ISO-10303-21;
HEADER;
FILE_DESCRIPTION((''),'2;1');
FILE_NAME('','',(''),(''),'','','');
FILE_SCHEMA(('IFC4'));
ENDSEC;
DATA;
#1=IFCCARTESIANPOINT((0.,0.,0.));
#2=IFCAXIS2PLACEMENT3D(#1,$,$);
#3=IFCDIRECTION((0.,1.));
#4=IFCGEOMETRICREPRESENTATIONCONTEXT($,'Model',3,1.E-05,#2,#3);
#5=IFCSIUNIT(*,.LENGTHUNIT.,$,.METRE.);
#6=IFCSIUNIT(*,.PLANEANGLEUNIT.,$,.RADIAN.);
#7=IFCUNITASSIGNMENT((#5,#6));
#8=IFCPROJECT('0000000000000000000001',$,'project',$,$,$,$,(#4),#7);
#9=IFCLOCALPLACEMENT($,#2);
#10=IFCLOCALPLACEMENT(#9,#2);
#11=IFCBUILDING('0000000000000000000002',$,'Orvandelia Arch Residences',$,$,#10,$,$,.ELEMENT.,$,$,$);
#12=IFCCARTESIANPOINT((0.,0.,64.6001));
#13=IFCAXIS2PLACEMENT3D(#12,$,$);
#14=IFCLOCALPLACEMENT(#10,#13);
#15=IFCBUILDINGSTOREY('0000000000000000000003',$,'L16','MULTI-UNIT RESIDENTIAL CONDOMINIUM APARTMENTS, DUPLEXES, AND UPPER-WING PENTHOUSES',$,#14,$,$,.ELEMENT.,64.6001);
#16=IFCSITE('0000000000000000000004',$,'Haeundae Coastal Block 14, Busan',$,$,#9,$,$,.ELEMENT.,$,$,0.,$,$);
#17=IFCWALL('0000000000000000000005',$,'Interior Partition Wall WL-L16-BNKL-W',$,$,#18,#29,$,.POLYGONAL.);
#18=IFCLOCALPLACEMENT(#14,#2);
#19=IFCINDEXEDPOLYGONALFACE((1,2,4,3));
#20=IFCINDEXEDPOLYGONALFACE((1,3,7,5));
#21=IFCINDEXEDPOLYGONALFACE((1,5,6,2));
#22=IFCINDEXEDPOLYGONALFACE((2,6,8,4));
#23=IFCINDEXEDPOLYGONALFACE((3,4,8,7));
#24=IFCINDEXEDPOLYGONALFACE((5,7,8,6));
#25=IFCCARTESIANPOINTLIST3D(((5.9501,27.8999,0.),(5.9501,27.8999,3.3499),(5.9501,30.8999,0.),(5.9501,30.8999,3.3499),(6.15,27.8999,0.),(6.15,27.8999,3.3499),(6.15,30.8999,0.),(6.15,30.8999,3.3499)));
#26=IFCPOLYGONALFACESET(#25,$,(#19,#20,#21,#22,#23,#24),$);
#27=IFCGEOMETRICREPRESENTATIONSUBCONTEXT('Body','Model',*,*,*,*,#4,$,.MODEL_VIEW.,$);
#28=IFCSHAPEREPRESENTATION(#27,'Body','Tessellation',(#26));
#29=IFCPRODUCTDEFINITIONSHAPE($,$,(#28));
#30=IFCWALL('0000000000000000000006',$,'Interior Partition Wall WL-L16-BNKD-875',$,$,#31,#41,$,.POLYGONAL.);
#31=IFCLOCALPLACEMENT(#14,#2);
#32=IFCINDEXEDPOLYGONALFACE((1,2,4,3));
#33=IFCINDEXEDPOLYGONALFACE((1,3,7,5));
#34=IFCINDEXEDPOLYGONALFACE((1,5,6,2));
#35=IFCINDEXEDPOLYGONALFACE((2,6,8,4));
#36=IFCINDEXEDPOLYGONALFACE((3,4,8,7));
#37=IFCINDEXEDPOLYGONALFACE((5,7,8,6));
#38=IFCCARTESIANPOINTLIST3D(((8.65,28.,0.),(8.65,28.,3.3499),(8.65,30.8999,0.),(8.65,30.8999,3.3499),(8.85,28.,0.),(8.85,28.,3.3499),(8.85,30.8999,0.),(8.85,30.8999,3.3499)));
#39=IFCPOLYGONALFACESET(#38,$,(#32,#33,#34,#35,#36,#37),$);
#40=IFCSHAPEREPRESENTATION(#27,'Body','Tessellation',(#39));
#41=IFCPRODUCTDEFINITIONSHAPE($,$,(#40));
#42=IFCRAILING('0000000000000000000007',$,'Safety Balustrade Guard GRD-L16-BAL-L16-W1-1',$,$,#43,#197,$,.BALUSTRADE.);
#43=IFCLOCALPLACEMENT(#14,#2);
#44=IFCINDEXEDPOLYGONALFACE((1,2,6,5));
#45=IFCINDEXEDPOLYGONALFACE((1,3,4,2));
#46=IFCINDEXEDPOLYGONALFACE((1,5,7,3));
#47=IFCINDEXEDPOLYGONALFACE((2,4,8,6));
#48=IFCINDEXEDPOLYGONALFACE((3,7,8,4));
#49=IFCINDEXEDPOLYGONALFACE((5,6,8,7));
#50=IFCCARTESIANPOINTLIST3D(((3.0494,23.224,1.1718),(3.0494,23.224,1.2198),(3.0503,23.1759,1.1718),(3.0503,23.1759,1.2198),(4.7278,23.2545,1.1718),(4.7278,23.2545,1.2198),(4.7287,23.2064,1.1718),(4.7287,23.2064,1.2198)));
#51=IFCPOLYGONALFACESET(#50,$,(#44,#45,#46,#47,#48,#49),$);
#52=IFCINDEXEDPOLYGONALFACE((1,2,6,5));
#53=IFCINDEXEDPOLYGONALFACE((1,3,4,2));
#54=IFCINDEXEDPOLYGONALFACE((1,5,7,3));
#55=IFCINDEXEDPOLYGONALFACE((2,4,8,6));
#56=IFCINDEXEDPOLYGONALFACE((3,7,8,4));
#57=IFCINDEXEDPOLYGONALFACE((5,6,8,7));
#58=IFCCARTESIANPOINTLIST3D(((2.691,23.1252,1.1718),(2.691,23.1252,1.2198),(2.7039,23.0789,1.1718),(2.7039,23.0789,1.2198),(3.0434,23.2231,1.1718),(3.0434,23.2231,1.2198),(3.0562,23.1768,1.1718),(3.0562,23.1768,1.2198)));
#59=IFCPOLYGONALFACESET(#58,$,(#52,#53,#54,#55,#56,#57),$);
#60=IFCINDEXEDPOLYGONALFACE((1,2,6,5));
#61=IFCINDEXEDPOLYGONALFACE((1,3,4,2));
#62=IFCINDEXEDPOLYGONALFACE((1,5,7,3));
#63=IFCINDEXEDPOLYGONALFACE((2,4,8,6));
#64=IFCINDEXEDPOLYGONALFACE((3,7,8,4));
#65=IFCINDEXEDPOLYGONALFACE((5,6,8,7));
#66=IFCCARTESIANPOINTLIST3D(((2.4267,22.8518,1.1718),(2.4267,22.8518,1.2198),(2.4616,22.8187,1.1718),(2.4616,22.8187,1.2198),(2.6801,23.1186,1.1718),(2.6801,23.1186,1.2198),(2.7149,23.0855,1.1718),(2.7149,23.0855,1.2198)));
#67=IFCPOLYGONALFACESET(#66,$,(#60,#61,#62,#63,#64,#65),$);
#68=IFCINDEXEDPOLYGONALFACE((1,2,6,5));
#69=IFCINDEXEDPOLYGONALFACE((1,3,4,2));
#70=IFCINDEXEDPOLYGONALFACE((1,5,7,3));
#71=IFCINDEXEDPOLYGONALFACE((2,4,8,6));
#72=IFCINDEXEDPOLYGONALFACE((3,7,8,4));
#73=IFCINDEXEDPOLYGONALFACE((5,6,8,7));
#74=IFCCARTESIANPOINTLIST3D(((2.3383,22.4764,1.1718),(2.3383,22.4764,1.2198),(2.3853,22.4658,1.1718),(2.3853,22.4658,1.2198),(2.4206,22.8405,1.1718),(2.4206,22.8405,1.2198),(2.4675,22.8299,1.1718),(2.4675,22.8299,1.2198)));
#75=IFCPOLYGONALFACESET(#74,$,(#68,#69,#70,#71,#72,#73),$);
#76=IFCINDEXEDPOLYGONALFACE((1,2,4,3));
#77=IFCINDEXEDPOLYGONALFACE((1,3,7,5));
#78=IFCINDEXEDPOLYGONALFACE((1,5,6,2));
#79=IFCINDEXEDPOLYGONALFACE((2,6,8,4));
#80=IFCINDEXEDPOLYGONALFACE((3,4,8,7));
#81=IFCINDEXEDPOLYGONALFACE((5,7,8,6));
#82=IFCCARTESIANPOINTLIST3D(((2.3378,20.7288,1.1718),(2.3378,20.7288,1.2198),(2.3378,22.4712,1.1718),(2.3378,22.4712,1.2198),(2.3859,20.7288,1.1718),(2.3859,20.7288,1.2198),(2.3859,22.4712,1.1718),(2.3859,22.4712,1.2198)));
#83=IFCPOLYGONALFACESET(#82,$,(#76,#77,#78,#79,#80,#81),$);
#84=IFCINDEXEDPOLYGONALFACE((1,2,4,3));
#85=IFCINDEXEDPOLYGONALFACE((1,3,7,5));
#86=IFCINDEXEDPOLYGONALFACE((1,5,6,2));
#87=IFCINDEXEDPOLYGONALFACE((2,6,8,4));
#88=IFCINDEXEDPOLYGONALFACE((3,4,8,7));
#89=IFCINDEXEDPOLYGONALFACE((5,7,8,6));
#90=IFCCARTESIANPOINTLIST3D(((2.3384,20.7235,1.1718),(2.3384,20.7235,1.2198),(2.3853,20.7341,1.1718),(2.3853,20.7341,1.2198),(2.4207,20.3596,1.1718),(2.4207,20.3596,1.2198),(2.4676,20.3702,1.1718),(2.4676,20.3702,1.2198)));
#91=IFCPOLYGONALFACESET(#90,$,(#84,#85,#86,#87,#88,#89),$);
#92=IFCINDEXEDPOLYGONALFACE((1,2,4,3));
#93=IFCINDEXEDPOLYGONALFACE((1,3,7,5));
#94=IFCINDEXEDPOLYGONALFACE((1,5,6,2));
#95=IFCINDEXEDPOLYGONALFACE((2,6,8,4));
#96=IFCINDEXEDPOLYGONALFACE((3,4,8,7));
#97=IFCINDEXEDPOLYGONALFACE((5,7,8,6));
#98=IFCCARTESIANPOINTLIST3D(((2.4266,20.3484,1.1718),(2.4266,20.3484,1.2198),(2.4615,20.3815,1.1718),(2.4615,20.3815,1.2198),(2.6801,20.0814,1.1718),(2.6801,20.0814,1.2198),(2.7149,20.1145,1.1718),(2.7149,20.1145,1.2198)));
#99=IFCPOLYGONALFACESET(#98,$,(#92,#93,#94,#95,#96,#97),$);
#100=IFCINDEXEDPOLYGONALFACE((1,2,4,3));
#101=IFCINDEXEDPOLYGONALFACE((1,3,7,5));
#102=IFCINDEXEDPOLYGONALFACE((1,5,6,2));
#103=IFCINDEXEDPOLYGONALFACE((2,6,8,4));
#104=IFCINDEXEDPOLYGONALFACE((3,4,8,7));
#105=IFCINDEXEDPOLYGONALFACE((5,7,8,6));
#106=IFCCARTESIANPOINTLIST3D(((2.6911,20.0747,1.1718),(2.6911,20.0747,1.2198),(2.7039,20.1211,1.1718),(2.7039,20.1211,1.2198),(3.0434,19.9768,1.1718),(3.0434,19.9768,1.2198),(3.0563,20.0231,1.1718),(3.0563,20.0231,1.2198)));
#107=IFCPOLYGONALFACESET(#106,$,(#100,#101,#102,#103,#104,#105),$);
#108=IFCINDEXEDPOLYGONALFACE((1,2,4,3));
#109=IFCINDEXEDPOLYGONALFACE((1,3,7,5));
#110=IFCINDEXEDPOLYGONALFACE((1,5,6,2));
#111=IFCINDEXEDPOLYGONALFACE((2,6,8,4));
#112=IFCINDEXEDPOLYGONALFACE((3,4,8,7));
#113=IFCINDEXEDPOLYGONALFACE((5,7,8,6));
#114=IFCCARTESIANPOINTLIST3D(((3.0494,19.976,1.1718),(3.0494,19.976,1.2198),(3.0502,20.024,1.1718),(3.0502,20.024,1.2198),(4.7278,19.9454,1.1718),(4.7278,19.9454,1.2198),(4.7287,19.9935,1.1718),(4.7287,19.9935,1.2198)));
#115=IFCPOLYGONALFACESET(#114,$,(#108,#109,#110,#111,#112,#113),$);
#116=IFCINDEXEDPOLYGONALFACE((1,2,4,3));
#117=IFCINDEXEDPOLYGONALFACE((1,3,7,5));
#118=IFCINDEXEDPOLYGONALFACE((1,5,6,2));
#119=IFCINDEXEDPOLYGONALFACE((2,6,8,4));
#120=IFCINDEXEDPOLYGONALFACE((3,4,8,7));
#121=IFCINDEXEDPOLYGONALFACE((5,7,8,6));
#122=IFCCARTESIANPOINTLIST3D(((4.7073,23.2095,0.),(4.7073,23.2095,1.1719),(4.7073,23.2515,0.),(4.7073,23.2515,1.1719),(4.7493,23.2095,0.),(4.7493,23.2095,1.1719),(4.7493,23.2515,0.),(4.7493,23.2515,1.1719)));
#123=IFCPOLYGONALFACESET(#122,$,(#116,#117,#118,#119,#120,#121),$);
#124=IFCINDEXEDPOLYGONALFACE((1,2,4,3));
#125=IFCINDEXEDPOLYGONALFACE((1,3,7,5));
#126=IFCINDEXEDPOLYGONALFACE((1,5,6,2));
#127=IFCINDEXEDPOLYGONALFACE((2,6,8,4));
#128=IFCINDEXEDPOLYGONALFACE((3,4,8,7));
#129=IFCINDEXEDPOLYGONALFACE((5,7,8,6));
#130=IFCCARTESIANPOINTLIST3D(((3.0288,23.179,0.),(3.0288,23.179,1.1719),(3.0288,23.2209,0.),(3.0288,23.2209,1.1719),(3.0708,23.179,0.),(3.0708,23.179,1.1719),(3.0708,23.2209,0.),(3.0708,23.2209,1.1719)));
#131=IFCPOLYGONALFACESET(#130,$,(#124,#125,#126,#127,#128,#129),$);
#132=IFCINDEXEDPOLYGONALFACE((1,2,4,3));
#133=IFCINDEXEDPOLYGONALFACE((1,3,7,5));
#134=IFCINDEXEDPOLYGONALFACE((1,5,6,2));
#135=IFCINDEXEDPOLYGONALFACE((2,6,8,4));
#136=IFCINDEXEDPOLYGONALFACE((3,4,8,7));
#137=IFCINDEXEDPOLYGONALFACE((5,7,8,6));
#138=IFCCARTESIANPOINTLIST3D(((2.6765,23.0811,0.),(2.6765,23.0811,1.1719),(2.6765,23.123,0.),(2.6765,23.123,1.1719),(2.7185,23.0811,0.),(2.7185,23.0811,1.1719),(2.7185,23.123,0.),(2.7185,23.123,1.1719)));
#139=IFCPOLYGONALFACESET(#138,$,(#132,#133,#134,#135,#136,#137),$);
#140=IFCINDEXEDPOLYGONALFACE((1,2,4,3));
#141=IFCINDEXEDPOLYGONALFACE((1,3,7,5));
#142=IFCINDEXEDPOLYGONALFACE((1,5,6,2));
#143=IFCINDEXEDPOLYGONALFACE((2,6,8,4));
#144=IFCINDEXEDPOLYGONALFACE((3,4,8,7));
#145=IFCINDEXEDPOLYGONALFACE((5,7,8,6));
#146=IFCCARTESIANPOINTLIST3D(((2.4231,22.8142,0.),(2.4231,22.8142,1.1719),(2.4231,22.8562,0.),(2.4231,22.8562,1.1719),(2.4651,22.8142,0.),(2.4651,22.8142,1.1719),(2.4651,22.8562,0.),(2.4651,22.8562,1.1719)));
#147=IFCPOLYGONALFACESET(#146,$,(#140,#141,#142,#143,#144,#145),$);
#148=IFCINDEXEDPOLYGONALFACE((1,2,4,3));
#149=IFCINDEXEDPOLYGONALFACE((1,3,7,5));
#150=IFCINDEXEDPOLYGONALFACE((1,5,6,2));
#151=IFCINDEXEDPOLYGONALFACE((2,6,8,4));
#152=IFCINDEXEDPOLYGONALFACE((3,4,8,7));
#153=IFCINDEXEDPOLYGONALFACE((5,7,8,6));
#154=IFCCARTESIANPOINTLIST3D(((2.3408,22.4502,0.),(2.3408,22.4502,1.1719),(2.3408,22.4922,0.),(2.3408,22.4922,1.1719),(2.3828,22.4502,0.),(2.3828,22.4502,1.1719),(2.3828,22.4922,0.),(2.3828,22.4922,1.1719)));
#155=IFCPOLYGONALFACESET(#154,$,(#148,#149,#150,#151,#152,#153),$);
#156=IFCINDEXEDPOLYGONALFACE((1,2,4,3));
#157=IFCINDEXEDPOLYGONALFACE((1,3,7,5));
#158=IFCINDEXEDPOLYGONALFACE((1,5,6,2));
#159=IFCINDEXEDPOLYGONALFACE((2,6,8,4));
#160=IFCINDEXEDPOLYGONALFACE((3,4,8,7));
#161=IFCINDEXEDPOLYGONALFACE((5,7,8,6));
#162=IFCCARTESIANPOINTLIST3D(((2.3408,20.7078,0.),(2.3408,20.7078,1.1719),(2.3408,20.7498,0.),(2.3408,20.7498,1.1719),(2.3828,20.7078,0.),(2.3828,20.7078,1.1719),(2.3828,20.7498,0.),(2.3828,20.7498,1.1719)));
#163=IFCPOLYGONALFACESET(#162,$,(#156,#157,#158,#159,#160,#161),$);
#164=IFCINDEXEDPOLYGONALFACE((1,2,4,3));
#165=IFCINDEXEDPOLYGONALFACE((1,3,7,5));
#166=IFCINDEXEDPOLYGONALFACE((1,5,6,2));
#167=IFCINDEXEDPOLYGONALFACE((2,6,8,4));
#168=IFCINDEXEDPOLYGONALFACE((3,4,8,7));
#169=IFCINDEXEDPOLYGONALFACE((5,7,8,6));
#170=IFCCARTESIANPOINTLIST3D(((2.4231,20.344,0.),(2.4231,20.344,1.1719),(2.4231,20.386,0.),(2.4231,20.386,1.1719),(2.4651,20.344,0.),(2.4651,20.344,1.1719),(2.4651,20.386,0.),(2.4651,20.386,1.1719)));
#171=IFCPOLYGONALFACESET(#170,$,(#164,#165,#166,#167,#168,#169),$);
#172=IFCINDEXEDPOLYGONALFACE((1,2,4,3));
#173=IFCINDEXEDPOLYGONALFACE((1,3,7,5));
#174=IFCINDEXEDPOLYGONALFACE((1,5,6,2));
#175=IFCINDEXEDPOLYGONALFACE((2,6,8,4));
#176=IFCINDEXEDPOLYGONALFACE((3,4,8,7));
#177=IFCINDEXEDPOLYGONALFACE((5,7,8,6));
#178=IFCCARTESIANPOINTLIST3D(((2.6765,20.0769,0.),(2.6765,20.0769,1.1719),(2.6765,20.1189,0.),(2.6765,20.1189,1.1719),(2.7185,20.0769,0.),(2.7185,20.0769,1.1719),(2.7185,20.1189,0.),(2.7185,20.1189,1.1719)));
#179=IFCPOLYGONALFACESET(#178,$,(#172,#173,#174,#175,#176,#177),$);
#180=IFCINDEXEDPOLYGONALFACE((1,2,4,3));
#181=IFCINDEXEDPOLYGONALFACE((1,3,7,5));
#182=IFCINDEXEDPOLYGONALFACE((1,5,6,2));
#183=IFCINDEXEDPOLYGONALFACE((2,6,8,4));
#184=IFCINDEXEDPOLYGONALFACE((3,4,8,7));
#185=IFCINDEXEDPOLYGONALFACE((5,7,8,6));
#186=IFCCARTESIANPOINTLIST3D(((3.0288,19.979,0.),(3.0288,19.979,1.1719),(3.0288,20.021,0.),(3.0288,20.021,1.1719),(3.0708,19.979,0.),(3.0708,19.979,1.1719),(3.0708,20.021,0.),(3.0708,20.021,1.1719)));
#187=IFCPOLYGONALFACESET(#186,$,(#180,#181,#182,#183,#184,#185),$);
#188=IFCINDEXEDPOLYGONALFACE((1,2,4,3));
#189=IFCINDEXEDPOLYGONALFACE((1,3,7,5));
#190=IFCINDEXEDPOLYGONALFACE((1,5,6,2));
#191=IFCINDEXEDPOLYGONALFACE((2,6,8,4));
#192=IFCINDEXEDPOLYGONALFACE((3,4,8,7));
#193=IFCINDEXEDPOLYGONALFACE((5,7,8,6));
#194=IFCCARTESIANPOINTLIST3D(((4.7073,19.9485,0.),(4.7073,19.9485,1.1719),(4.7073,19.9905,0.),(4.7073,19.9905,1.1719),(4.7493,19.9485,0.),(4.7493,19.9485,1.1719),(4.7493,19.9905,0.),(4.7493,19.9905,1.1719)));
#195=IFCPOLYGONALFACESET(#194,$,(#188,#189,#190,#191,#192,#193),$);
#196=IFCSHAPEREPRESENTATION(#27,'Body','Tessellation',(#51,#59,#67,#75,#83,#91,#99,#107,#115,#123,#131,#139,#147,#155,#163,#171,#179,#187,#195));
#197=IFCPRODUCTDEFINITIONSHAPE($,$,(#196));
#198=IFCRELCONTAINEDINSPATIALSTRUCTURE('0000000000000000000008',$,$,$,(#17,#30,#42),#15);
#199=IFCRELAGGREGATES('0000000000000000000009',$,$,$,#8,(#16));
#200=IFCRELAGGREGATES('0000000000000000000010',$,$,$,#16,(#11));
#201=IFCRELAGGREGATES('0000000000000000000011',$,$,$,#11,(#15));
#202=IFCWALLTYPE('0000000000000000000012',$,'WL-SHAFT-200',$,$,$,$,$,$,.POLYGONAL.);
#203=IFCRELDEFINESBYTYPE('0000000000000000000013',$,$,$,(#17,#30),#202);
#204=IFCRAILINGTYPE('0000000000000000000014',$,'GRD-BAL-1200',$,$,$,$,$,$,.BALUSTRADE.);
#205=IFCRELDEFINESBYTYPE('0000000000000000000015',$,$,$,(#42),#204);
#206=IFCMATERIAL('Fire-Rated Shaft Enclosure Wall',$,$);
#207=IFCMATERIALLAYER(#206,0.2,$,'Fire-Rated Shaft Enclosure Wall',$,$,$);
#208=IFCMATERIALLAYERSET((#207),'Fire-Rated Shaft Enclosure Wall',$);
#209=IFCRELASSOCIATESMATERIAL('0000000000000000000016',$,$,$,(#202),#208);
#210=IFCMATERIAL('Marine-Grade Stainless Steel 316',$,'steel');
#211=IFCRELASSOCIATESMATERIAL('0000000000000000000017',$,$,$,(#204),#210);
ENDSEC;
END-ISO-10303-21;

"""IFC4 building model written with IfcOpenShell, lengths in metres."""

from ifc_helpers import new_model, si_unit, direction, frame, frame_2d, origin, origin_2d, place, context, subcontext, project, spatial, rectangle, extrude, material, layer, layer_set, type_object, element, save


model = new_model("IFC4")

# Units and contexts
model_context = context("Model", 3, precision=1e-05, world=origin(), true_north=direction((0.0, 1.0)))
body_context = subcontext(model_context, "Body", "Model", "MODEL_VIEW")
ifc_project = project(units=[si_unit("LENGTHUNIT", "METRE"), si_unit("PLANEANGLEUNIT", "RADIAN")], contexts=[model_context])

# Site, building, storey
site_placement = place(None, origin())
site = spatial("IfcSite", under=ifc_project, at=site_placement, Name="Haeundae Coastal Block 14, Busan", CompositionType="ELEMENT", RefElevation=0.0)
building_placement = place(site_placement, origin())
building = spatial("IfcBuilding", under=site, at=building_placement, Name="Orvandelia Arch Residences", CompositionType="ELEMENT")
storey_placement = place(building_placement, frame((0.0, 0.0, 64.6001)))
storey = spatial("IfcBuildingStorey", under=building, at=storey_placement, Name="L16", Description="MULTI-UNIT RESIDENTIAL CONDOMINIUM APARTMENTS, DUPLEXES, AND UPPER-WING PENTHOUSES", CompositionType="ELEMENT", Elevation=64.6001)

# Shared definitions
ifc_material_1 = material(Name="Fire-Rated Shaft Enclosure Wall")
ifc_layer_1 = layer(ifc_material_1, 0.2, Name="Fire-Rated Shaft Enclosure Wall")
ifc_layer_set_1 = layer_set([ifc_layer_1], Name="Fire-Rated Shaft Enclosure Wall")
wall_type_1 = type_object("IfcWallType", Name="WL-SHAFT-200", PredefinedType="POLYGONAL", material=ifc_layer_set_1)

# Walls
wall_1_placement = place(storey_placement, frame((6.05, 27.8999, 0.0), z_axis=(0.0, 0.0, 1.0), x_axis=(0.0, 1.0, 0.0)))
element("IfcWall", 1, at=wall_1_placement, inside=storey, type_object=wall_type_1, Name="Interior Partition Wall WL-L16-BNKL-W", PredefinedType="POLYGONAL", context=body_context, shape_type="SweptSolid", body=[
    extrude(rectangle(XDim=3.0, YDim=0.2, at=frame_2d((1.5, 0.0))), origin(), (0.0, 0.0, 1.0), 3.3499),
])
wall_2_placement = place(storey_placement, frame((8.75, 28.0, 0.0), z_axis=(0.0, 0.0, 1.0), x_axis=(0.0, 1.0, 0.0)))
element("IfcWall", 2, at=wall_2_placement, inside=storey, type_object=wall_type_1, Name="Interior Partition Wall WL-L16-BNKD-875", PredefinedType="POLYGONAL", context=body_context, shape_type="SweptSolid", body=[
    extrude(rectangle(XDim=2.8999, YDim=0.2, at=frame_2d((1.45, 0.0))), origin(), (0.0, 0.0, 1.0), 3.3499),
])

# Railing
ifc_material_2 = material(Name="Marine-Grade Stainless Steel 316", Category="steel")
railing_type = type_object("IfcRailingType", Name="GRD-BAL-1200", PredefinedType="BALUSTRADE", material=ifc_material_2)
railing_placement = place(storey_placement, frame((4.7283, 23.2305, 0.0)))
element("IfcRailing", 3, at=railing_placement, inside=storey, type_object=railing_type, Name="Safety Balustrade Guard GRD-L16-BAL-L16-W1-1", PredefinedType="BALUSTRADE", context=body_context, shape_type="SweptSolid", body=[
    extrude(rectangle(XDim=0.0481, YDim=0.0481, at=origin_2d()), frame((0.0, 0.0, 1.1958), z_axis=(-0.999835, -0.018179, 0.0), x_axis=(0.018179, -0.999835, 0.0)), (0.0, 0.0, 1.0), 1.6787),
    extrude(rectangle(XDim=0.0481, YDim=0.0481, at=origin_2d()), frame((-1.6785, -0.0305, 1.1958), z_axis=(-0.963489, -0.267747, 0.0), x_axis=(0.267747, -0.963489, 0.0)), (0.0, 0.0, 1.0), 0.3657),
    extrude(rectangle(XDim=0.0481, YDim=0.0481, at=origin_2d()), frame((-2.0308, -0.1284, 1.1958), z_axis=(-0.688627, -0.725115, 0.0), x_axis=(0.725115, -0.688627, 0.0)), (0.0, 0.0, 1.0), 0.3679),
    extrude(rectangle(XDim=0.0481, YDim=0.0481, at=origin_2d()), frame((-2.2842, -0.3953, 1.1958), z_axis=(-0.220462, -0.975396, 0.0), x_axis=(0.975396, -0.220462, 0.0)), (0.0, 0.0, 1.0), 0.3733),
    extrude(rectangle(XDim=0.0481, YDim=0.0481, at=origin_2d()), frame((-2.3665, -0.7593, 1.1958), z_axis=(0.0, -1.0, 0.0), x_axis=(1.0, 0.0, 0.0)), (0.0, 0.0, 1.0), 1.7424),
    extrude(rectangle(XDim=0.0481, YDim=0.0481, at=origin_2d()), frame((-2.3665, -2.5017, 1.1958), z_axis=(0.220602, -0.975364, 0.0), x_axis=(0.975364, 0.220602, 0.0)), (0.0, 0.0, 1.0), 0.373),
    extrude(rectangle(XDim=0.0481, YDim=0.0481, at=origin_2d()), frame((-2.2842, -2.8655, 1.1958), z_axis=(0.688296, -0.72543, 0.0), x_axis=(0.72543, 0.688296, 0.0)), (0.0, 0.0, 1.0), 0.3682),
    extrude(rectangle(XDim=0.0481, YDim=0.0481, at=origin_2d()), frame((-2.0308, -3.1326, 1.1958), z_axis=(0.963489, -0.267747, 0.0), x_axis=(0.267747, 0.963489, 0.0)), (0.0, 0.0, 1.0), 0.3657),
    extrude(rectangle(XDim=0.0481, YDim=0.0481, at=origin_2d()), frame((-1.6785, -3.2305, 1.1958), z_axis=(0.999835, -0.018179, 0.0), x_axis=(0.018179, 0.999835, 0.0)), (0.0, 0.0, 1.0), 1.6787),
    extrude(rectangle(XDim=0.042, YDim=0.042, at=origin_2d()), origin(), (0.0, 0.0, 1.0), 1.1719),
    extrude(rectangle(XDim=0.042, YDim=0.042, at=origin_2d()), frame((-1.6785, -0.0305, 0.0)), (0.0, 0.0, 1.0), 1.1719),
    extrude(rectangle(XDim=0.042, YDim=0.042, at=origin_2d()), frame((-2.0308, -0.1284, 0.0)), (0.0, 0.0, 1.0), 1.1719),
    extrude(rectangle(XDim=0.042, YDim=0.042, at=origin_2d()), frame((-2.2842, -0.3953, 0.0)), (0.0, 0.0, 1.0), 1.1719),
    extrude(rectangle(XDim=0.042, YDim=0.042, at=origin_2d()), frame((-2.3665, -0.7593, 0.0)), (0.0, 0.0, 1.0), 1.1719),
    extrude(rectangle(XDim=0.042, YDim=0.042, at=origin_2d()), frame((-2.3665, -2.5017, 0.0)), (0.0, 0.0, 1.0), 1.1719),
    extrude(rectangle(XDim=0.042, YDim=0.042, at=origin_2d()), frame((-2.2842, -2.8655, 0.0)), (0.0, 0.0, 1.0), 1.1719),
    extrude(rectangle(XDim=0.042, YDim=0.042, at=origin_2d()), frame((-2.0308, -3.1326, 0.0)), (0.0, 0.0, 1.0), 1.1719),
    extrude(rectangle(XDim=0.042, YDim=0.042, at=origin_2d()), frame((-1.6785, -3.2305, 0.0)), (0.0, 0.0, 1.0), 1.1719),
    extrude(rectangle(XDim=0.042, YDim=0.042, at=origin_2d()), frame((0.0, -3.261, 0.0)), (0.0, 0.0, 1.0), 1.1719),
])

save(model, "model.ifc")
